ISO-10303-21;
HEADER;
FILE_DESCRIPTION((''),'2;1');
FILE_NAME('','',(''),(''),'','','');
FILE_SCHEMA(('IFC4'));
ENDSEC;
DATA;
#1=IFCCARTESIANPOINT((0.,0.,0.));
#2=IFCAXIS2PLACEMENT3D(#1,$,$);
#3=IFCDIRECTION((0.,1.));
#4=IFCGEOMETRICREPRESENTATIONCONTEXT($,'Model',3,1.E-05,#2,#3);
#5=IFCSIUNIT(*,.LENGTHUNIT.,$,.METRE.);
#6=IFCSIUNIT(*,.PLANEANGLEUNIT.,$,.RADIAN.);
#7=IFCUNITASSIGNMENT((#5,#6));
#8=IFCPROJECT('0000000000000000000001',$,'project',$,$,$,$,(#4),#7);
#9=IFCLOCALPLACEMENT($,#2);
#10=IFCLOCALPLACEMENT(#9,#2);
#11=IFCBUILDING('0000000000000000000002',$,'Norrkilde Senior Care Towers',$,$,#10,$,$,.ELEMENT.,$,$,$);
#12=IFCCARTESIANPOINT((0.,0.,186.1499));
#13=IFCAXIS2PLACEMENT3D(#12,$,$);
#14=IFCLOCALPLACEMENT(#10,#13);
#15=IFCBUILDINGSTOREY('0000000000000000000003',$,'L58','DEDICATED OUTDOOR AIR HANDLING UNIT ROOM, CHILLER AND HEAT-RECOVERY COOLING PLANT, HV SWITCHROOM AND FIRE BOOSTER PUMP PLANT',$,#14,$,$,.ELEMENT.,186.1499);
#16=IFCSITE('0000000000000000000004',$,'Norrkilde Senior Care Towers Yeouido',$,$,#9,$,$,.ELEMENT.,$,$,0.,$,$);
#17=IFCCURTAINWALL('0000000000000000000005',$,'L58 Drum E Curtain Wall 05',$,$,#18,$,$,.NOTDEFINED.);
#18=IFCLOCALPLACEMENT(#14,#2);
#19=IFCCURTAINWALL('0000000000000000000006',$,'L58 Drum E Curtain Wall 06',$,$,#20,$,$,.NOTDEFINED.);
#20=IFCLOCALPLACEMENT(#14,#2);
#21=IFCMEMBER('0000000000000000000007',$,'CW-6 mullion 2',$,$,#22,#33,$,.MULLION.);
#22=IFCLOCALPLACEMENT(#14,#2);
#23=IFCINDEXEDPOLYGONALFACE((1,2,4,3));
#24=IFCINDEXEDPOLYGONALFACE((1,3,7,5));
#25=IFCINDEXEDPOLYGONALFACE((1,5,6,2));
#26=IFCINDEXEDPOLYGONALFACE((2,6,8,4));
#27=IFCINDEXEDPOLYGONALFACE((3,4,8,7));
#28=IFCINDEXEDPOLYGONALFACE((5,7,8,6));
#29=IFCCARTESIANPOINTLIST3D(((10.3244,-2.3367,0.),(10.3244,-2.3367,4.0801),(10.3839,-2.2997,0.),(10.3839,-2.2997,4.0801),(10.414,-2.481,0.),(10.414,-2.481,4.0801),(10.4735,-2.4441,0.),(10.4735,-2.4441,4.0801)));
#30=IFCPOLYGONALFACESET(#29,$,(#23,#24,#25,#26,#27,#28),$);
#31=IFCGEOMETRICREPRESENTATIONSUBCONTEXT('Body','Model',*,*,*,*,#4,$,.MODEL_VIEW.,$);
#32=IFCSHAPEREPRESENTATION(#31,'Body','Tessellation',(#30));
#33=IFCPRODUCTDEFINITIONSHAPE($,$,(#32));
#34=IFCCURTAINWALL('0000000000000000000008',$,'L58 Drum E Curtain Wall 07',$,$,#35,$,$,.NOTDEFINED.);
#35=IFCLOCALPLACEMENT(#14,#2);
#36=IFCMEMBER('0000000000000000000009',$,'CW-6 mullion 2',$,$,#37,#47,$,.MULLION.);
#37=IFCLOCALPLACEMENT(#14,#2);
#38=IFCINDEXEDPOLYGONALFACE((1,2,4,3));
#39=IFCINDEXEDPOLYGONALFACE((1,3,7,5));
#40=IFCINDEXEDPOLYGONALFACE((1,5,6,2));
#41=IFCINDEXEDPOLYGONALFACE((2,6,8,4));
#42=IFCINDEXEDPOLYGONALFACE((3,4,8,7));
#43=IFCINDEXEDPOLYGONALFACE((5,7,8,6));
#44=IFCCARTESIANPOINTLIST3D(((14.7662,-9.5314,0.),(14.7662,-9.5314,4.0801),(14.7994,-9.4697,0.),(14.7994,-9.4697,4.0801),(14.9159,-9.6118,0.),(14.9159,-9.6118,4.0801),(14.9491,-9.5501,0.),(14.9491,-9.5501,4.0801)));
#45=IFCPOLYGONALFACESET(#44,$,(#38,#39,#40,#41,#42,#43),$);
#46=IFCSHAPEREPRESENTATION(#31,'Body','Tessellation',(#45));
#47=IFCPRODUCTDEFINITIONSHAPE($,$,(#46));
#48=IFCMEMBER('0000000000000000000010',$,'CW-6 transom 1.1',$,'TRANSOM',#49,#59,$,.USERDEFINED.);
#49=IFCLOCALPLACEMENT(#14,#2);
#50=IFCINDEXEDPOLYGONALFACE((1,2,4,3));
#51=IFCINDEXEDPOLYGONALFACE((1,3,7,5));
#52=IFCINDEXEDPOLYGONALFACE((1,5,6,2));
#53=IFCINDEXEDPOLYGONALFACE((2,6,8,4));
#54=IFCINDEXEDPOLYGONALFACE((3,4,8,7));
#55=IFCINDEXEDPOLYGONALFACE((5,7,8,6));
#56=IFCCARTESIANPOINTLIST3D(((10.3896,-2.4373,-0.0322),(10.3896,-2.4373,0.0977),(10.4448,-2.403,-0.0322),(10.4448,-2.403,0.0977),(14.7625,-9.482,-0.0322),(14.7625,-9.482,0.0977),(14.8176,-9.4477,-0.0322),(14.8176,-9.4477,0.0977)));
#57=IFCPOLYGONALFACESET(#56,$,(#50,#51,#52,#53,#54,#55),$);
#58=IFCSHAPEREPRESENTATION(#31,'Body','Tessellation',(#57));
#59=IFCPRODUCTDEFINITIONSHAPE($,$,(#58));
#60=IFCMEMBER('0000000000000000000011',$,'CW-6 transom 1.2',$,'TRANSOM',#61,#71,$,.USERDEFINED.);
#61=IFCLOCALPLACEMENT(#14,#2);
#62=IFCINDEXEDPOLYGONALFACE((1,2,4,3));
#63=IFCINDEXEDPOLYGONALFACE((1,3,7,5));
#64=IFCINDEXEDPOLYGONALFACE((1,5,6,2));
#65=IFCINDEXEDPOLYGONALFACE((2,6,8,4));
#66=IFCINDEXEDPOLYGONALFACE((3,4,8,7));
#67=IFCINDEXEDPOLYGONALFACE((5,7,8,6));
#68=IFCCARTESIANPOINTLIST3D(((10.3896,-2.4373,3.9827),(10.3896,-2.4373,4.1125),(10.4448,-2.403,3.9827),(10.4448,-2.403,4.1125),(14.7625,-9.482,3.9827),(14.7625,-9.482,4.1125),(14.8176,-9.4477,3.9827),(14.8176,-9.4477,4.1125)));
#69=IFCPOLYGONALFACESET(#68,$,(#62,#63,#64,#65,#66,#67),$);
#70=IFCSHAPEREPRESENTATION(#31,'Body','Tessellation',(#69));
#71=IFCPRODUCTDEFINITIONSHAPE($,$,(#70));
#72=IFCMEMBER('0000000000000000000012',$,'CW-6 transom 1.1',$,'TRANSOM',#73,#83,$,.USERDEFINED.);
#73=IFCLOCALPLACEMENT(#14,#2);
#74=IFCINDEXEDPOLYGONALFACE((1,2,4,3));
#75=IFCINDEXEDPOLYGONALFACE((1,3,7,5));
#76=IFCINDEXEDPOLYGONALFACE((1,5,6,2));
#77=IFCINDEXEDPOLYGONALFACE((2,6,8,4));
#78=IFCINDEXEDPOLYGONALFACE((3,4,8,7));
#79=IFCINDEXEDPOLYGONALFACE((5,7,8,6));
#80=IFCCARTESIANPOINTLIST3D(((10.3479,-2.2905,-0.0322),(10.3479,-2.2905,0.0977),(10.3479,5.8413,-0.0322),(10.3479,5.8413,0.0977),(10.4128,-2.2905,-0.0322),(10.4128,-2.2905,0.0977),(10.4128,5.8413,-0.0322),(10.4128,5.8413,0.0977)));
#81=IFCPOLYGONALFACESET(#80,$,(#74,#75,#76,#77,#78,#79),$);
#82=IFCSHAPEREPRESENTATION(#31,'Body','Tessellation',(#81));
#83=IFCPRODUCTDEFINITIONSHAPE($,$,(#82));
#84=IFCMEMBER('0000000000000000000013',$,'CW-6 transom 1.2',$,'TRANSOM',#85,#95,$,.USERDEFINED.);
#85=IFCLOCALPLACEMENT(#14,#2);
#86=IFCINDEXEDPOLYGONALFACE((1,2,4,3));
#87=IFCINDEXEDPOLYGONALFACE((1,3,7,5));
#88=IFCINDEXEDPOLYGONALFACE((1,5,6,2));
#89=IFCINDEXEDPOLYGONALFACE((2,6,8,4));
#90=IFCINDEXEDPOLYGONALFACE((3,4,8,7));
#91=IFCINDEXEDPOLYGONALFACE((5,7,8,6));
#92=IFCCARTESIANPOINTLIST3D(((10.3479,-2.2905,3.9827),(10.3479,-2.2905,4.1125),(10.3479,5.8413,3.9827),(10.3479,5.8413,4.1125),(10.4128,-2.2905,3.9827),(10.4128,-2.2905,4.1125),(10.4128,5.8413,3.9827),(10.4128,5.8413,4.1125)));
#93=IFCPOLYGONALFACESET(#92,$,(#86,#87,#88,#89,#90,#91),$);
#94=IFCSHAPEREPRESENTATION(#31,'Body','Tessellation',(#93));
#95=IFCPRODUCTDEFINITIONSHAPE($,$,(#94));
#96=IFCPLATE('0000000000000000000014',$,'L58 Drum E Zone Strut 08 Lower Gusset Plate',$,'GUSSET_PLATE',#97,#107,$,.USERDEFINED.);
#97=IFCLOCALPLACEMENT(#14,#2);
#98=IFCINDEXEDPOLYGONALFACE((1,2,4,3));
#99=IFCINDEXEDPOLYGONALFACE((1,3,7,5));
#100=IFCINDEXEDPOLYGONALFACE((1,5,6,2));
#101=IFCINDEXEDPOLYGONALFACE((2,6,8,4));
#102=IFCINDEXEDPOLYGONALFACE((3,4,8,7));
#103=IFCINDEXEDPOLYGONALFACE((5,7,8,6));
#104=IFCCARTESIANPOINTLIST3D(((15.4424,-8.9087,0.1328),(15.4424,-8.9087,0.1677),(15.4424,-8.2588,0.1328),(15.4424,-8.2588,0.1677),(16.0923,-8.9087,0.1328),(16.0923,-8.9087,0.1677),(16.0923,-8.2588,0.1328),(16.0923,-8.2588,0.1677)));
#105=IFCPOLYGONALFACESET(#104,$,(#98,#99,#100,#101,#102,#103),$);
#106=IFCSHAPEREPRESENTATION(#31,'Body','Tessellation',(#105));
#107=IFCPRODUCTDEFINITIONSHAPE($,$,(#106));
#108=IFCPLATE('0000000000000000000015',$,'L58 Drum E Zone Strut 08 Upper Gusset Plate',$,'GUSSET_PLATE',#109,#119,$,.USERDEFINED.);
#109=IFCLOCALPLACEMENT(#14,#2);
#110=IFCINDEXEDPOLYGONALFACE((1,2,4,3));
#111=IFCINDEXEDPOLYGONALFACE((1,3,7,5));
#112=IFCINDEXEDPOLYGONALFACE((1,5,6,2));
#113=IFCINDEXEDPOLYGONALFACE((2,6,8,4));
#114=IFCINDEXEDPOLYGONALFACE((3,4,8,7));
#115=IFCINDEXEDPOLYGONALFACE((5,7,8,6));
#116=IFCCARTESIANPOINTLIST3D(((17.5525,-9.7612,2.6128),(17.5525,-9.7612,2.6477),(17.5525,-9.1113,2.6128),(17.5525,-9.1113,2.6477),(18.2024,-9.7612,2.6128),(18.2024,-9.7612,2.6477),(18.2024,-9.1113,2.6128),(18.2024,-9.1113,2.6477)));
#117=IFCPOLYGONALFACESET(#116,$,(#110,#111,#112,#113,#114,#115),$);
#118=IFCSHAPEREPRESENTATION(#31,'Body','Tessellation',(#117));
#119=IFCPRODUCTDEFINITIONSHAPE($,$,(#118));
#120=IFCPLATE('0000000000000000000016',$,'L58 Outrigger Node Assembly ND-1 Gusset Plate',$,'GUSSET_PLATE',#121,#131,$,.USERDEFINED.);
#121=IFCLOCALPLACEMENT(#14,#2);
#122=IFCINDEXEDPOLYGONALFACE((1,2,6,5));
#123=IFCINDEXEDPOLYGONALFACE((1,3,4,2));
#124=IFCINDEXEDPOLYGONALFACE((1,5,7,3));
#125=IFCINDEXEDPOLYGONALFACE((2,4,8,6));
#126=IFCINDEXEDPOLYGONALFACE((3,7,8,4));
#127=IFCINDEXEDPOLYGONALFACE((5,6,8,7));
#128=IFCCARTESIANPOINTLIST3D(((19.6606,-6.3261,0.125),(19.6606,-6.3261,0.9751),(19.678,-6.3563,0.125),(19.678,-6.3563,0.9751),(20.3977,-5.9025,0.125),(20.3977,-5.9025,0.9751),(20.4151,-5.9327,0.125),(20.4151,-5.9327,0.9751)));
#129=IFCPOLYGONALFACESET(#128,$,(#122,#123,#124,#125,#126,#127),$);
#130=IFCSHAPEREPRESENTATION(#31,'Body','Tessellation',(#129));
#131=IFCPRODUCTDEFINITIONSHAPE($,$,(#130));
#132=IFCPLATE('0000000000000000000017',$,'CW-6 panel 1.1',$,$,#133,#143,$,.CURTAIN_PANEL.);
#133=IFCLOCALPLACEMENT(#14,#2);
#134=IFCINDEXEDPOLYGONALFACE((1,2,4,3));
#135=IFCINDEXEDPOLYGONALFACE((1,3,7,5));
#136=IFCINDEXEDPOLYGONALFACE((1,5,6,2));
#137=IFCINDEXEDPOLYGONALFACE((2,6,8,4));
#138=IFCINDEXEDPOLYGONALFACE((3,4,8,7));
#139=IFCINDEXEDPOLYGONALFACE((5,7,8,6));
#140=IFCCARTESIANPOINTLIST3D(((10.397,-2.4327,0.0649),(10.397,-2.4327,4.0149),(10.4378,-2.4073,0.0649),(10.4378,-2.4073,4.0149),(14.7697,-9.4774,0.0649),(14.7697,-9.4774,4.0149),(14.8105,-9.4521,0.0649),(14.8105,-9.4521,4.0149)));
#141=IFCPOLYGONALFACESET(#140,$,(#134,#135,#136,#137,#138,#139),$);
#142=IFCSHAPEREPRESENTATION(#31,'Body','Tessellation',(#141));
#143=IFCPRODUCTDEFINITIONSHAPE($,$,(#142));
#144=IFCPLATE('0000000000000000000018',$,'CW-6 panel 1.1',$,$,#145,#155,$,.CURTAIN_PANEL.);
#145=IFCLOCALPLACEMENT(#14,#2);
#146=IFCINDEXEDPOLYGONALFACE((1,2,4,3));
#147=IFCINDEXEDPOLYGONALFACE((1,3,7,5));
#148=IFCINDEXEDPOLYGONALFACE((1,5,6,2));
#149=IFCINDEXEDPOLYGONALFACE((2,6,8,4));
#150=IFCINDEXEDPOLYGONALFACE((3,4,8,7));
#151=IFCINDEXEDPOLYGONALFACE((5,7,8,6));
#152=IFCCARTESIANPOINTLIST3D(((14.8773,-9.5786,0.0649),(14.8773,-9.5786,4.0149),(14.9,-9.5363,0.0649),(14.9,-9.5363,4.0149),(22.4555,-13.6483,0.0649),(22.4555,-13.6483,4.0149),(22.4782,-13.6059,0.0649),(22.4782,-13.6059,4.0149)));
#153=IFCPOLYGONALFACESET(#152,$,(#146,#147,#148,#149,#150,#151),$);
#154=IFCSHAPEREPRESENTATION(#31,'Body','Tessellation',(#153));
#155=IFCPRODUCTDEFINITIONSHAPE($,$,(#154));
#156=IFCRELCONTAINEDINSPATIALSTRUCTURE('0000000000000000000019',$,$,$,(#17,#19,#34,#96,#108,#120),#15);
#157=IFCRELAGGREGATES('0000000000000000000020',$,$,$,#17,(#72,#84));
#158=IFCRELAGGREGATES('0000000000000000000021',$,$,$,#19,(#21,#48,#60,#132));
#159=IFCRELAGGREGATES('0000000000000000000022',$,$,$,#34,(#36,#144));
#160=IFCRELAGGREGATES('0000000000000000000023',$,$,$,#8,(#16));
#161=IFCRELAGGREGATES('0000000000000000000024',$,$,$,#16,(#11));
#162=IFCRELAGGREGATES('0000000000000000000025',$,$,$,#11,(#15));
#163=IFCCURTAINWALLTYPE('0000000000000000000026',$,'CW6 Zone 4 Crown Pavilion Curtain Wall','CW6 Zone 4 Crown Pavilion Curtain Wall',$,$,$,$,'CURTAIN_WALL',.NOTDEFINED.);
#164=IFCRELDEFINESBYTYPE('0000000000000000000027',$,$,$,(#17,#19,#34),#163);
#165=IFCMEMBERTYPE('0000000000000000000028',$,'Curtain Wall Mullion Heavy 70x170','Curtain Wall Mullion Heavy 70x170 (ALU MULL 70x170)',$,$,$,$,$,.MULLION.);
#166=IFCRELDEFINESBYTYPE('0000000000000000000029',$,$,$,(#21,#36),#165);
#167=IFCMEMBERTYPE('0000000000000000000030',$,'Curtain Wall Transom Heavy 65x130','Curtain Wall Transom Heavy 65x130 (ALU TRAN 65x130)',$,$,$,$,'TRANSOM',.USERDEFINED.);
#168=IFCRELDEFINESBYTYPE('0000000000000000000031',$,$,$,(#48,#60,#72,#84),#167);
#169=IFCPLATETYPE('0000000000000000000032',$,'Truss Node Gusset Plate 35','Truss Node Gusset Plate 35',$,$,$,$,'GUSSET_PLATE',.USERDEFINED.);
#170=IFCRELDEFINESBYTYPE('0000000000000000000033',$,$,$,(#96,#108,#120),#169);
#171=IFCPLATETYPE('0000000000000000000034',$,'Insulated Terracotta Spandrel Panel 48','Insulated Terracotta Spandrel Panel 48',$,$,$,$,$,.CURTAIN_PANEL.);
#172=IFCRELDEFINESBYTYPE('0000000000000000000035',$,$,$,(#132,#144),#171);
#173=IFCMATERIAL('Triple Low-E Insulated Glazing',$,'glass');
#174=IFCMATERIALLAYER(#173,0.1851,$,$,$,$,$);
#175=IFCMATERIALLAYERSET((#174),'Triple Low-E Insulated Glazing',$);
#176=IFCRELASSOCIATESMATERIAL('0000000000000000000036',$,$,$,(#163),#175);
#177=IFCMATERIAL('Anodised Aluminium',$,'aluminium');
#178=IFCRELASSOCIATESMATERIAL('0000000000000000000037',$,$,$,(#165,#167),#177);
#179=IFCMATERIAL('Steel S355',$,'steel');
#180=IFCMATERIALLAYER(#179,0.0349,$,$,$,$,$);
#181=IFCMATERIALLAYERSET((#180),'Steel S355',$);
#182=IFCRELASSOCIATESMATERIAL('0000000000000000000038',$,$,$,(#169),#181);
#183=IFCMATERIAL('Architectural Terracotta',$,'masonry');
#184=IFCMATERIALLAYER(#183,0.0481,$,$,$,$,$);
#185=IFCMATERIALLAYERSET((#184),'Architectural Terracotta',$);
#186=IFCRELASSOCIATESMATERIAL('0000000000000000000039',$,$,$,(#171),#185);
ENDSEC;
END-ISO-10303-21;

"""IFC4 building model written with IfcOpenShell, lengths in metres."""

from ifc_helpers import new_model, si_unit, direction, frame, origin, origin_2d, place, context, subcontext, project, spatial, rectangle, extrude, source, transform, mapped, material, layer, layer_set, material_profile, profile_set, type_object, type_shapes, element, aggregate, save


model = new_model("IFC4")

# Units and contexts
model_context = context("Model", 3, precision=1e-05, world=origin(), true_north=direction((0.0, 1.0)))
body_context = subcontext(model_context, "Body", "Model", "MODEL_VIEW")
ifc_project = project(units=[si_unit("LENGTHUNIT", "METRE"), si_unit("PLANEANGLEUNIT", "RADIAN")], contexts=[model_context])

# Site, building, storey
site_placement = place(None, origin())
site = spatial("IfcSite", under=ifc_project, at=site_placement, Name="Norrkilde Senior Care Towers Yeouido", CompositionType="ELEMENT", RefElevation=0.0)
building_placement = place(site_placement, origin())
building = spatial("IfcBuilding", under=site, at=building_placement, Name="Norrkilde Senior Care Towers", CompositionType="ELEMENT")
storey_placement = place(building_placement, frame((0.0, 0.0, 186.1499)))
storey = spatial("IfcBuildingStorey", under=building, at=storey_placement, Name="L58", Description="DEDICATED OUTDOOR AIR HANDLING UNIT ROOM, CHILLER AND HEAT-RECOVERY COOLING PLANT, HV SWITCHROOM AND FIRE BOOSTER PUMP PLANT", CompositionType="ELEMENT", Elevation=186.1499)

# Shared definitions
ifc_material_1 = material(Name="Steel S355", Category="steel")

# Curtain wall
ifc_material_2 = material(Name="Triple Low-E Insulated Glazing", Category="glass")
ifc_layer_1 = layer(ifc_material_2, 0.1851)
ifc_layer_set_1 = layer_set([ifc_layer_1], Name="Triple Low-E Insulated Glazing")
curtain_wall_type = type_object("IfcCurtainWallType", Name="CW6 Zone 4 Crown Pavilion Curtain Wall", Description="CW6 Zone 4 Crown Pavilion Curtain Wall", ElementType="CURTAIN_WALL", PredefinedType="NOTDEFINED", material=ifc_layer_set_1)
curtain_wall_1_placement = place(storey_placement, origin())
curtain_wall_1 = element("IfcCurtainWall", 1, at=curtain_wall_1_placement, inside=storey, type_object=curtain_wall_type, Name="L58 Drum E Curtain Wall 05", PredefinedType="NOTDEFINED")
ifc_material_3 = material(Name="Anodised Aluminium", Category="aluminium")
ifc_material_profile_1 = material_profile(ifc_material_3, rectangle(XDim=0.0701, YDim=0.1699, at=origin_2d()), Name="ALU MULL 70x170")
ifc_profile_set_1 = profile_set([ifc_material_profile_1], Name="Anodised Aluminium")
member_type_1 = type_object("IfcMemberType", Name="Curtain Wall Mullion Heavy 70x170", Description="Curtain Wall Mullion Heavy 70x170 (ALU MULL 70x170)", PredefinedType="MULLION", material=ifc_profile_set_1)
shared_shape_1 = source(origin(), body_context, "Body", "SweptSolid", [
    extrude(rectangle(XDim=0.0701, YDim=0.1699, at=origin_2d()), origin(), (0.0, 0.0, 1.0), 4.0801),
])
type_shapes(member_type_1, [shared_shape_1])

# Curtain wall, member
curtain_wall_2_placement = place(storey_placement, origin())
curtain_wall_2 = element("IfcCurtainWall", 2, at=curtain_wall_2_placement, inside=storey, type_object=curtain_wall_type, Name="L58 Drum E Curtain Wall 06", PredefinedType="NOTDEFINED")
member_1_placement = place(storey_placement, frame((10.3989, -2.3904, 0.0), z_axis=(0.0, 0.0, 1.0), x_axis=(-0.849634, -0.527373, 0.0)))
member_1 = element("IfcMember", 3, at=member_1_placement, type_object=member_type_1, Name="CW-6 mullion 2", PredefinedType="MULLION", context=body_context, shape_type="MappedRepresentation", body=[
    mapped(shared_shape_1, transform((0.0, 0.0, 0.0), x_axis=(1.0, 0.0, 0.0), y_axis=(0.0, 1.0, 0.0), z_axis=(0.0, 0.0, 1.0), scale=1.0)),
])

# Curtain wall, member
curtain_wall_3_placement = place(storey_placement, origin())
curtain_wall_3 = element("IfcCurtainWall", 4, at=curtain_wall_3_placement, inside=storey, type_object=curtain_wall_type, Name="L58 Drum E Curtain Wall 07", PredefinedType="NOTDEFINED")
member_2_placement = place(storey_placement, frame((14.8577, -9.5408, 0.0), z_axis=(0.0, 0.0, 1.0), x_axis=(-0.473117, -0.881, 0.0)))
member_2 = element("IfcMember", 5, at=member_2_placement, type_object=member_type_1, Name="CW-6 mullion 2", PredefinedType="MULLION", context=body_context, shape_type="MappedRepresentation", body=[
    mapped(shared_shape_1, transform((0.0, 0.0, 0.0), x_axis=(1.0, 0.0, 0.0), y_axis=(0.0, 1.0, 0.0), z_axis=(0.0, 0.0, 1.0), scale=1.0)),
])

# Members
ifc_material_profile_2 = material_profile(ifc_material_3, rectangle(XDim=0.0649, YDim=0.1299, at=origin_2d()), Name="ALU TRAN 65x130")
ifc_profile_set_2 = profile_set([ifc_material_profile_2], Name="Anodised Aluminium")
member_type_2 = type_object("IfcMemberType", Name="Curtain Wall Transom Heavy 65x130", Description="Curtain Wall Transom Heavy 65x130 (ALU TRAN 65x130)", ElementType="TRANSOM", PredefinedType="USERDEFINED", material=ifc_profile_set_2)
shared_shape_2 = source(origin(), body_context, "Body", "SweptSolid", [
    extrude(rectangle(XDim=0.0649, YDim=0.1299, at=origin_2d()), origin(), (0.0, 0.0, 1.0), 8.2915),
])
member_3_placement = place(storey_placement, frame((14.79, -9.4648, 0.0327), z_axis=(-0.527384, 0.849627, 0.0), x_axis=(-0.849627, -0.527384, 0.0)))
member_3 = element("IfcMember", 6, at=member_3_placement, type_object=member_type_2, Name="CW-6 transom 1.1", ObjectType="TRANSOM", PredefinedType="USERDEFINED", context=body_context, shape_type="MappedRepresentation", body=[
    mapped(shared_shape_2, transform((0.0, 0.0, 0.0), x_axis=(1.0, 0.0, 0.0), y_axis=(0.0, 1.0, 0.0), z_axis=(0.0, 0.0, 1.0), scale=1.0)),
])
member_4_placement = place(storey_placement, frame((14.79, -9.4648, 4.0476), z_axis=(-0.527384, 0.849627, 0.0), x_axis=(-0.849627, -0.527384, 0.0)))
member_4 = element("IfcMember", 7, at=member_4_placement, type_object=member_type_2, Name="CW-6 transom 1.2", ObjectType="TRANSOM", PredefinedType="USERDEFINED", context=body_context, shape_type="MappedRepresentation", body=[
    mapped(shared_shape_2, transform((0.0, 0.0, 0.0), x_axis=(1.0, 0.0, 0.0), y_axis=(0.0, 1.0, 0.0), z_axis=(0.0, 0.0, 1.0), scale=1.0)),
])
shared_shape_3 = source(origin(), body_context, "Body", "SweptSolid", [
    extrude(rectangle(XDim=0.0649, YDim=0.1299, at=origin_2d()), origin(), (0.0, 0.0, 1.0), 8.1318),
])
type_shapes(member_type_2, [shared_shape_2, shared_shape_3])
member_5_placement = place(storey_placement, frame((10.3804, -2.2905, 0.0327), z_axis=(0.0, 1.0, 0.0), x_axis=(-1.0, 0.0, 0.0)))
member_5 = element("IfcMember", 8, at=member_5_placement, type_object=member_type_2, Name="CW-6 transom 1.1", ObjectType="TRANSOM", PredefinedType="USERDEFINED", context=body_context, shape_type="MappedRepresentation", body=[
    mapped(shared_shape_3, transform((0.0, 0.0, 0.0), x_axis=(1.0, 0.0, 0.0), y_axis=(0.0, 1.0, 0.0), z_axis=(0.0, 0.0, 1.0), scale=1.0)),
])
member_6_placement = place(storey_placement, frame((10.3804, -2.2905, 4.0476), z_axis=(0.0, 1.0, 0.0), x_axis=(-1.0, 0.0, 0.0)))
member_6 = element("IfcMember", 9, at=member_6_placement, type_object=member_type_2, Name="CW-6 transom 1.2", ObjectType="TRANSOM", PredefinedType="USERDEFINED", context=body_context, shape_type="MappedRepresentation", body=[
    mapped(shared_shape_3, transform((0.0, 0.0, 0.0), x_axis=(1.0, 0.0, 0.0), y_axis=(0.0, 1.0, 0.0), z_axis=(0.0, 0.0, 1.0), scale=1.0)),
])
aggregate(curtain_wall_1, [member_5, member_6])

# Plates
ifc_layer_2 = layer(ifc_material_1, 0.0349)
ifc_layer_set_2 = layer_set([ifc_layer_2], Name="Steel S355")
plate_type_1 = type_object("IfcPlateType", Name="Truss Node Gusset Plate 35", Description="Truss Node Gusset Plate 35", ElementType="GUSSET_PLATE", PredefinedType="USERDEFINED", material=ifc_layer_set_2)
shared_shape_4 = source(origin(), body_context, "Body", "SweptSolid", [
    extrude(rectangle(XDim=0.6499, YDim=0.6499, at=origin_2d()), origin(), (0.0, 0.0, 1.0), 0.0349),
])
for number, where, z_axis, x_axis, name in (
    (10, (15.7673, -8.5837, 0.1328), (0.0, 0.0, 1.0), (1.0, 0.0, 0.0), "L58 Drum E Zone Strut 08 Lower Gusset Plate"),
    (11, (17.8774, -9.4363, 2.6128), (0.0, 0.0, 1.0), (1.0, 0.0, 0.0), "L58 Drum E Zone Strut 08 Upper Gusset Plate"),
):
    element("IfcPlate", number, at=place(storey_placement, frame(where, z_axis=z_axis, x_axis=x_axis)), inside=storey, type_object=plate_type_1, Name=name, ObjectType="GUSSET_PLATE", PredefinedType="USERDEFINED", context=body_context, shape_type="MappedRepresentation", body=[
        mapped(shared_shape_4, transform((0.0, 0.0, 0.0), x_axis=(1.0, 0.0, 0.0), y_axis=(0.0, 1.0, 0.0), z_axis=(0.0, 0.0, 1.0), scale=1.0)),
    ])
shared_shape_5 = source(origin(), body_context, "Body", "SweptSolid", [
    extrude(rectangle(XDim=0.8501, YDim=0.0349, at=origin_2d()), origin(), (0.0, 0.0, 1.0), 0.8501),
])
type_shapes(plate_type_1, [shared_shape_4, shared_shape_5])
plate_1_placement = place(storey_placement, frame((20.0378, -6.1294, 0.125), z_axis=(0.0, 0.0, 1.0), x_axis=(-0.867009, -0.498292, 0.0)))
element("IfcPlate", 12, at=plate_1_placement, inside=storey, type_object=plate_type_1, Name="L58 Outrigger Node Assembly ND-1 Gusset Plate", ObjectType="GUSSET_PLATE", PredefinedType="USERDEFINED", context=body_context, shape_type="MappedRepresentation", body=[
    mapped(shared_shape_5, transform((0.0, 0.0, 0.0), x_axis=(1.0, 0.0, 0.0), y_axis=(0.0, 1.0, 0.0), z_axis=(0.0, 0.0, 1.0), scale=1.0)),
])

# Plates
ifc_material_4 = material(Name="Architectural Terracotta", Category="masonry")
ifc_layer_3 = layer(ifc_material_4, 0.0481)
ifc_layer_set_3 = layer_set([ifc_layer_3], Name="Architectural Terracotta")
plate_type_2 = type_object("IfcPlateType", Name="Insulated Terracotta Spandrel Panel 48", Description="Insulated Terracotta Spandrel Panel 48", PredefinedType="CURTAIN_PANEL", material=ifc_layer_set_3)
shared_shape_6 = source(origin(), body_context, "Body", "SweptSolid", [
    extrude(rectangle(XDim=8.2915, YDim=0.0481, at=origin_2d()), origin(), (0.0, 0.0, 1.0), 3.95),
])
plate_2_placement = place(storey_placement, frame((12.6038, -5.9424, 0.0649), z_axis=(0.0, 0.0, 1.0), x_axis=(-0.527373, 0.849634, 0.0)))
plate_2 = element("IfcPlate", 13, at=plate_2_placement, type_object=plate_type_2, Name="CW-6 panel 1.1", PredefinedType="CURTAIN_PANEL", context=body_context, shape_type="MappedRepresentation", body=[
    mapped(shared_shape_6, transform((0.0, 0.0, 0.0), x_axis=(1.0, 0.0, 0.0), y_axis=(0.0, 1.0, 0.0), z_axis=(0.0, 0.0, 1.0), scale=1.0)),
])
aggregate(curtain_wall_2, [member_1, member_3, member_4, plate_2])
shared_shape_7 = source(origin(), body_context, "Body", "SweptSolid", [
    extrude(rectangle(XDim=8.6018, YDim=0.0481, at=origin_2d()), origin(), (0.0, 0.0, 1.0), 3.95),
])
type_shapes(plate_type_2, [shared_shape_6, shared_shape_7])
plate_3_placement = place(storey_placement, frame((18.6777, -11.5923, 0.0649), z_axis=(0.0, 0.0, 1.0), x_axis=(-0.881, 0.473117, 0.0)))
plate_3 = element("IfcPlate", 14, at=plate_3_placement, type_object=plate_type_2, Name="CW-6 panel 1.1", PredefinedType="CURTAIN_PANEL", context=body_context, shape_type="MappedRepresentation", body=[
    mapped(shared_shape_7, transform((0.0, 0.0, 0.0), x_axis=(1.0, 0.0, 0.0), y_axis=(0.0, 1.0, 0.0), z_axis=(0.0, 0.0, 1.0), scale=1.0)),
])
aggregate(curtain_wall_3, [member_2, plate_3])

save(model, "model.ifc")
